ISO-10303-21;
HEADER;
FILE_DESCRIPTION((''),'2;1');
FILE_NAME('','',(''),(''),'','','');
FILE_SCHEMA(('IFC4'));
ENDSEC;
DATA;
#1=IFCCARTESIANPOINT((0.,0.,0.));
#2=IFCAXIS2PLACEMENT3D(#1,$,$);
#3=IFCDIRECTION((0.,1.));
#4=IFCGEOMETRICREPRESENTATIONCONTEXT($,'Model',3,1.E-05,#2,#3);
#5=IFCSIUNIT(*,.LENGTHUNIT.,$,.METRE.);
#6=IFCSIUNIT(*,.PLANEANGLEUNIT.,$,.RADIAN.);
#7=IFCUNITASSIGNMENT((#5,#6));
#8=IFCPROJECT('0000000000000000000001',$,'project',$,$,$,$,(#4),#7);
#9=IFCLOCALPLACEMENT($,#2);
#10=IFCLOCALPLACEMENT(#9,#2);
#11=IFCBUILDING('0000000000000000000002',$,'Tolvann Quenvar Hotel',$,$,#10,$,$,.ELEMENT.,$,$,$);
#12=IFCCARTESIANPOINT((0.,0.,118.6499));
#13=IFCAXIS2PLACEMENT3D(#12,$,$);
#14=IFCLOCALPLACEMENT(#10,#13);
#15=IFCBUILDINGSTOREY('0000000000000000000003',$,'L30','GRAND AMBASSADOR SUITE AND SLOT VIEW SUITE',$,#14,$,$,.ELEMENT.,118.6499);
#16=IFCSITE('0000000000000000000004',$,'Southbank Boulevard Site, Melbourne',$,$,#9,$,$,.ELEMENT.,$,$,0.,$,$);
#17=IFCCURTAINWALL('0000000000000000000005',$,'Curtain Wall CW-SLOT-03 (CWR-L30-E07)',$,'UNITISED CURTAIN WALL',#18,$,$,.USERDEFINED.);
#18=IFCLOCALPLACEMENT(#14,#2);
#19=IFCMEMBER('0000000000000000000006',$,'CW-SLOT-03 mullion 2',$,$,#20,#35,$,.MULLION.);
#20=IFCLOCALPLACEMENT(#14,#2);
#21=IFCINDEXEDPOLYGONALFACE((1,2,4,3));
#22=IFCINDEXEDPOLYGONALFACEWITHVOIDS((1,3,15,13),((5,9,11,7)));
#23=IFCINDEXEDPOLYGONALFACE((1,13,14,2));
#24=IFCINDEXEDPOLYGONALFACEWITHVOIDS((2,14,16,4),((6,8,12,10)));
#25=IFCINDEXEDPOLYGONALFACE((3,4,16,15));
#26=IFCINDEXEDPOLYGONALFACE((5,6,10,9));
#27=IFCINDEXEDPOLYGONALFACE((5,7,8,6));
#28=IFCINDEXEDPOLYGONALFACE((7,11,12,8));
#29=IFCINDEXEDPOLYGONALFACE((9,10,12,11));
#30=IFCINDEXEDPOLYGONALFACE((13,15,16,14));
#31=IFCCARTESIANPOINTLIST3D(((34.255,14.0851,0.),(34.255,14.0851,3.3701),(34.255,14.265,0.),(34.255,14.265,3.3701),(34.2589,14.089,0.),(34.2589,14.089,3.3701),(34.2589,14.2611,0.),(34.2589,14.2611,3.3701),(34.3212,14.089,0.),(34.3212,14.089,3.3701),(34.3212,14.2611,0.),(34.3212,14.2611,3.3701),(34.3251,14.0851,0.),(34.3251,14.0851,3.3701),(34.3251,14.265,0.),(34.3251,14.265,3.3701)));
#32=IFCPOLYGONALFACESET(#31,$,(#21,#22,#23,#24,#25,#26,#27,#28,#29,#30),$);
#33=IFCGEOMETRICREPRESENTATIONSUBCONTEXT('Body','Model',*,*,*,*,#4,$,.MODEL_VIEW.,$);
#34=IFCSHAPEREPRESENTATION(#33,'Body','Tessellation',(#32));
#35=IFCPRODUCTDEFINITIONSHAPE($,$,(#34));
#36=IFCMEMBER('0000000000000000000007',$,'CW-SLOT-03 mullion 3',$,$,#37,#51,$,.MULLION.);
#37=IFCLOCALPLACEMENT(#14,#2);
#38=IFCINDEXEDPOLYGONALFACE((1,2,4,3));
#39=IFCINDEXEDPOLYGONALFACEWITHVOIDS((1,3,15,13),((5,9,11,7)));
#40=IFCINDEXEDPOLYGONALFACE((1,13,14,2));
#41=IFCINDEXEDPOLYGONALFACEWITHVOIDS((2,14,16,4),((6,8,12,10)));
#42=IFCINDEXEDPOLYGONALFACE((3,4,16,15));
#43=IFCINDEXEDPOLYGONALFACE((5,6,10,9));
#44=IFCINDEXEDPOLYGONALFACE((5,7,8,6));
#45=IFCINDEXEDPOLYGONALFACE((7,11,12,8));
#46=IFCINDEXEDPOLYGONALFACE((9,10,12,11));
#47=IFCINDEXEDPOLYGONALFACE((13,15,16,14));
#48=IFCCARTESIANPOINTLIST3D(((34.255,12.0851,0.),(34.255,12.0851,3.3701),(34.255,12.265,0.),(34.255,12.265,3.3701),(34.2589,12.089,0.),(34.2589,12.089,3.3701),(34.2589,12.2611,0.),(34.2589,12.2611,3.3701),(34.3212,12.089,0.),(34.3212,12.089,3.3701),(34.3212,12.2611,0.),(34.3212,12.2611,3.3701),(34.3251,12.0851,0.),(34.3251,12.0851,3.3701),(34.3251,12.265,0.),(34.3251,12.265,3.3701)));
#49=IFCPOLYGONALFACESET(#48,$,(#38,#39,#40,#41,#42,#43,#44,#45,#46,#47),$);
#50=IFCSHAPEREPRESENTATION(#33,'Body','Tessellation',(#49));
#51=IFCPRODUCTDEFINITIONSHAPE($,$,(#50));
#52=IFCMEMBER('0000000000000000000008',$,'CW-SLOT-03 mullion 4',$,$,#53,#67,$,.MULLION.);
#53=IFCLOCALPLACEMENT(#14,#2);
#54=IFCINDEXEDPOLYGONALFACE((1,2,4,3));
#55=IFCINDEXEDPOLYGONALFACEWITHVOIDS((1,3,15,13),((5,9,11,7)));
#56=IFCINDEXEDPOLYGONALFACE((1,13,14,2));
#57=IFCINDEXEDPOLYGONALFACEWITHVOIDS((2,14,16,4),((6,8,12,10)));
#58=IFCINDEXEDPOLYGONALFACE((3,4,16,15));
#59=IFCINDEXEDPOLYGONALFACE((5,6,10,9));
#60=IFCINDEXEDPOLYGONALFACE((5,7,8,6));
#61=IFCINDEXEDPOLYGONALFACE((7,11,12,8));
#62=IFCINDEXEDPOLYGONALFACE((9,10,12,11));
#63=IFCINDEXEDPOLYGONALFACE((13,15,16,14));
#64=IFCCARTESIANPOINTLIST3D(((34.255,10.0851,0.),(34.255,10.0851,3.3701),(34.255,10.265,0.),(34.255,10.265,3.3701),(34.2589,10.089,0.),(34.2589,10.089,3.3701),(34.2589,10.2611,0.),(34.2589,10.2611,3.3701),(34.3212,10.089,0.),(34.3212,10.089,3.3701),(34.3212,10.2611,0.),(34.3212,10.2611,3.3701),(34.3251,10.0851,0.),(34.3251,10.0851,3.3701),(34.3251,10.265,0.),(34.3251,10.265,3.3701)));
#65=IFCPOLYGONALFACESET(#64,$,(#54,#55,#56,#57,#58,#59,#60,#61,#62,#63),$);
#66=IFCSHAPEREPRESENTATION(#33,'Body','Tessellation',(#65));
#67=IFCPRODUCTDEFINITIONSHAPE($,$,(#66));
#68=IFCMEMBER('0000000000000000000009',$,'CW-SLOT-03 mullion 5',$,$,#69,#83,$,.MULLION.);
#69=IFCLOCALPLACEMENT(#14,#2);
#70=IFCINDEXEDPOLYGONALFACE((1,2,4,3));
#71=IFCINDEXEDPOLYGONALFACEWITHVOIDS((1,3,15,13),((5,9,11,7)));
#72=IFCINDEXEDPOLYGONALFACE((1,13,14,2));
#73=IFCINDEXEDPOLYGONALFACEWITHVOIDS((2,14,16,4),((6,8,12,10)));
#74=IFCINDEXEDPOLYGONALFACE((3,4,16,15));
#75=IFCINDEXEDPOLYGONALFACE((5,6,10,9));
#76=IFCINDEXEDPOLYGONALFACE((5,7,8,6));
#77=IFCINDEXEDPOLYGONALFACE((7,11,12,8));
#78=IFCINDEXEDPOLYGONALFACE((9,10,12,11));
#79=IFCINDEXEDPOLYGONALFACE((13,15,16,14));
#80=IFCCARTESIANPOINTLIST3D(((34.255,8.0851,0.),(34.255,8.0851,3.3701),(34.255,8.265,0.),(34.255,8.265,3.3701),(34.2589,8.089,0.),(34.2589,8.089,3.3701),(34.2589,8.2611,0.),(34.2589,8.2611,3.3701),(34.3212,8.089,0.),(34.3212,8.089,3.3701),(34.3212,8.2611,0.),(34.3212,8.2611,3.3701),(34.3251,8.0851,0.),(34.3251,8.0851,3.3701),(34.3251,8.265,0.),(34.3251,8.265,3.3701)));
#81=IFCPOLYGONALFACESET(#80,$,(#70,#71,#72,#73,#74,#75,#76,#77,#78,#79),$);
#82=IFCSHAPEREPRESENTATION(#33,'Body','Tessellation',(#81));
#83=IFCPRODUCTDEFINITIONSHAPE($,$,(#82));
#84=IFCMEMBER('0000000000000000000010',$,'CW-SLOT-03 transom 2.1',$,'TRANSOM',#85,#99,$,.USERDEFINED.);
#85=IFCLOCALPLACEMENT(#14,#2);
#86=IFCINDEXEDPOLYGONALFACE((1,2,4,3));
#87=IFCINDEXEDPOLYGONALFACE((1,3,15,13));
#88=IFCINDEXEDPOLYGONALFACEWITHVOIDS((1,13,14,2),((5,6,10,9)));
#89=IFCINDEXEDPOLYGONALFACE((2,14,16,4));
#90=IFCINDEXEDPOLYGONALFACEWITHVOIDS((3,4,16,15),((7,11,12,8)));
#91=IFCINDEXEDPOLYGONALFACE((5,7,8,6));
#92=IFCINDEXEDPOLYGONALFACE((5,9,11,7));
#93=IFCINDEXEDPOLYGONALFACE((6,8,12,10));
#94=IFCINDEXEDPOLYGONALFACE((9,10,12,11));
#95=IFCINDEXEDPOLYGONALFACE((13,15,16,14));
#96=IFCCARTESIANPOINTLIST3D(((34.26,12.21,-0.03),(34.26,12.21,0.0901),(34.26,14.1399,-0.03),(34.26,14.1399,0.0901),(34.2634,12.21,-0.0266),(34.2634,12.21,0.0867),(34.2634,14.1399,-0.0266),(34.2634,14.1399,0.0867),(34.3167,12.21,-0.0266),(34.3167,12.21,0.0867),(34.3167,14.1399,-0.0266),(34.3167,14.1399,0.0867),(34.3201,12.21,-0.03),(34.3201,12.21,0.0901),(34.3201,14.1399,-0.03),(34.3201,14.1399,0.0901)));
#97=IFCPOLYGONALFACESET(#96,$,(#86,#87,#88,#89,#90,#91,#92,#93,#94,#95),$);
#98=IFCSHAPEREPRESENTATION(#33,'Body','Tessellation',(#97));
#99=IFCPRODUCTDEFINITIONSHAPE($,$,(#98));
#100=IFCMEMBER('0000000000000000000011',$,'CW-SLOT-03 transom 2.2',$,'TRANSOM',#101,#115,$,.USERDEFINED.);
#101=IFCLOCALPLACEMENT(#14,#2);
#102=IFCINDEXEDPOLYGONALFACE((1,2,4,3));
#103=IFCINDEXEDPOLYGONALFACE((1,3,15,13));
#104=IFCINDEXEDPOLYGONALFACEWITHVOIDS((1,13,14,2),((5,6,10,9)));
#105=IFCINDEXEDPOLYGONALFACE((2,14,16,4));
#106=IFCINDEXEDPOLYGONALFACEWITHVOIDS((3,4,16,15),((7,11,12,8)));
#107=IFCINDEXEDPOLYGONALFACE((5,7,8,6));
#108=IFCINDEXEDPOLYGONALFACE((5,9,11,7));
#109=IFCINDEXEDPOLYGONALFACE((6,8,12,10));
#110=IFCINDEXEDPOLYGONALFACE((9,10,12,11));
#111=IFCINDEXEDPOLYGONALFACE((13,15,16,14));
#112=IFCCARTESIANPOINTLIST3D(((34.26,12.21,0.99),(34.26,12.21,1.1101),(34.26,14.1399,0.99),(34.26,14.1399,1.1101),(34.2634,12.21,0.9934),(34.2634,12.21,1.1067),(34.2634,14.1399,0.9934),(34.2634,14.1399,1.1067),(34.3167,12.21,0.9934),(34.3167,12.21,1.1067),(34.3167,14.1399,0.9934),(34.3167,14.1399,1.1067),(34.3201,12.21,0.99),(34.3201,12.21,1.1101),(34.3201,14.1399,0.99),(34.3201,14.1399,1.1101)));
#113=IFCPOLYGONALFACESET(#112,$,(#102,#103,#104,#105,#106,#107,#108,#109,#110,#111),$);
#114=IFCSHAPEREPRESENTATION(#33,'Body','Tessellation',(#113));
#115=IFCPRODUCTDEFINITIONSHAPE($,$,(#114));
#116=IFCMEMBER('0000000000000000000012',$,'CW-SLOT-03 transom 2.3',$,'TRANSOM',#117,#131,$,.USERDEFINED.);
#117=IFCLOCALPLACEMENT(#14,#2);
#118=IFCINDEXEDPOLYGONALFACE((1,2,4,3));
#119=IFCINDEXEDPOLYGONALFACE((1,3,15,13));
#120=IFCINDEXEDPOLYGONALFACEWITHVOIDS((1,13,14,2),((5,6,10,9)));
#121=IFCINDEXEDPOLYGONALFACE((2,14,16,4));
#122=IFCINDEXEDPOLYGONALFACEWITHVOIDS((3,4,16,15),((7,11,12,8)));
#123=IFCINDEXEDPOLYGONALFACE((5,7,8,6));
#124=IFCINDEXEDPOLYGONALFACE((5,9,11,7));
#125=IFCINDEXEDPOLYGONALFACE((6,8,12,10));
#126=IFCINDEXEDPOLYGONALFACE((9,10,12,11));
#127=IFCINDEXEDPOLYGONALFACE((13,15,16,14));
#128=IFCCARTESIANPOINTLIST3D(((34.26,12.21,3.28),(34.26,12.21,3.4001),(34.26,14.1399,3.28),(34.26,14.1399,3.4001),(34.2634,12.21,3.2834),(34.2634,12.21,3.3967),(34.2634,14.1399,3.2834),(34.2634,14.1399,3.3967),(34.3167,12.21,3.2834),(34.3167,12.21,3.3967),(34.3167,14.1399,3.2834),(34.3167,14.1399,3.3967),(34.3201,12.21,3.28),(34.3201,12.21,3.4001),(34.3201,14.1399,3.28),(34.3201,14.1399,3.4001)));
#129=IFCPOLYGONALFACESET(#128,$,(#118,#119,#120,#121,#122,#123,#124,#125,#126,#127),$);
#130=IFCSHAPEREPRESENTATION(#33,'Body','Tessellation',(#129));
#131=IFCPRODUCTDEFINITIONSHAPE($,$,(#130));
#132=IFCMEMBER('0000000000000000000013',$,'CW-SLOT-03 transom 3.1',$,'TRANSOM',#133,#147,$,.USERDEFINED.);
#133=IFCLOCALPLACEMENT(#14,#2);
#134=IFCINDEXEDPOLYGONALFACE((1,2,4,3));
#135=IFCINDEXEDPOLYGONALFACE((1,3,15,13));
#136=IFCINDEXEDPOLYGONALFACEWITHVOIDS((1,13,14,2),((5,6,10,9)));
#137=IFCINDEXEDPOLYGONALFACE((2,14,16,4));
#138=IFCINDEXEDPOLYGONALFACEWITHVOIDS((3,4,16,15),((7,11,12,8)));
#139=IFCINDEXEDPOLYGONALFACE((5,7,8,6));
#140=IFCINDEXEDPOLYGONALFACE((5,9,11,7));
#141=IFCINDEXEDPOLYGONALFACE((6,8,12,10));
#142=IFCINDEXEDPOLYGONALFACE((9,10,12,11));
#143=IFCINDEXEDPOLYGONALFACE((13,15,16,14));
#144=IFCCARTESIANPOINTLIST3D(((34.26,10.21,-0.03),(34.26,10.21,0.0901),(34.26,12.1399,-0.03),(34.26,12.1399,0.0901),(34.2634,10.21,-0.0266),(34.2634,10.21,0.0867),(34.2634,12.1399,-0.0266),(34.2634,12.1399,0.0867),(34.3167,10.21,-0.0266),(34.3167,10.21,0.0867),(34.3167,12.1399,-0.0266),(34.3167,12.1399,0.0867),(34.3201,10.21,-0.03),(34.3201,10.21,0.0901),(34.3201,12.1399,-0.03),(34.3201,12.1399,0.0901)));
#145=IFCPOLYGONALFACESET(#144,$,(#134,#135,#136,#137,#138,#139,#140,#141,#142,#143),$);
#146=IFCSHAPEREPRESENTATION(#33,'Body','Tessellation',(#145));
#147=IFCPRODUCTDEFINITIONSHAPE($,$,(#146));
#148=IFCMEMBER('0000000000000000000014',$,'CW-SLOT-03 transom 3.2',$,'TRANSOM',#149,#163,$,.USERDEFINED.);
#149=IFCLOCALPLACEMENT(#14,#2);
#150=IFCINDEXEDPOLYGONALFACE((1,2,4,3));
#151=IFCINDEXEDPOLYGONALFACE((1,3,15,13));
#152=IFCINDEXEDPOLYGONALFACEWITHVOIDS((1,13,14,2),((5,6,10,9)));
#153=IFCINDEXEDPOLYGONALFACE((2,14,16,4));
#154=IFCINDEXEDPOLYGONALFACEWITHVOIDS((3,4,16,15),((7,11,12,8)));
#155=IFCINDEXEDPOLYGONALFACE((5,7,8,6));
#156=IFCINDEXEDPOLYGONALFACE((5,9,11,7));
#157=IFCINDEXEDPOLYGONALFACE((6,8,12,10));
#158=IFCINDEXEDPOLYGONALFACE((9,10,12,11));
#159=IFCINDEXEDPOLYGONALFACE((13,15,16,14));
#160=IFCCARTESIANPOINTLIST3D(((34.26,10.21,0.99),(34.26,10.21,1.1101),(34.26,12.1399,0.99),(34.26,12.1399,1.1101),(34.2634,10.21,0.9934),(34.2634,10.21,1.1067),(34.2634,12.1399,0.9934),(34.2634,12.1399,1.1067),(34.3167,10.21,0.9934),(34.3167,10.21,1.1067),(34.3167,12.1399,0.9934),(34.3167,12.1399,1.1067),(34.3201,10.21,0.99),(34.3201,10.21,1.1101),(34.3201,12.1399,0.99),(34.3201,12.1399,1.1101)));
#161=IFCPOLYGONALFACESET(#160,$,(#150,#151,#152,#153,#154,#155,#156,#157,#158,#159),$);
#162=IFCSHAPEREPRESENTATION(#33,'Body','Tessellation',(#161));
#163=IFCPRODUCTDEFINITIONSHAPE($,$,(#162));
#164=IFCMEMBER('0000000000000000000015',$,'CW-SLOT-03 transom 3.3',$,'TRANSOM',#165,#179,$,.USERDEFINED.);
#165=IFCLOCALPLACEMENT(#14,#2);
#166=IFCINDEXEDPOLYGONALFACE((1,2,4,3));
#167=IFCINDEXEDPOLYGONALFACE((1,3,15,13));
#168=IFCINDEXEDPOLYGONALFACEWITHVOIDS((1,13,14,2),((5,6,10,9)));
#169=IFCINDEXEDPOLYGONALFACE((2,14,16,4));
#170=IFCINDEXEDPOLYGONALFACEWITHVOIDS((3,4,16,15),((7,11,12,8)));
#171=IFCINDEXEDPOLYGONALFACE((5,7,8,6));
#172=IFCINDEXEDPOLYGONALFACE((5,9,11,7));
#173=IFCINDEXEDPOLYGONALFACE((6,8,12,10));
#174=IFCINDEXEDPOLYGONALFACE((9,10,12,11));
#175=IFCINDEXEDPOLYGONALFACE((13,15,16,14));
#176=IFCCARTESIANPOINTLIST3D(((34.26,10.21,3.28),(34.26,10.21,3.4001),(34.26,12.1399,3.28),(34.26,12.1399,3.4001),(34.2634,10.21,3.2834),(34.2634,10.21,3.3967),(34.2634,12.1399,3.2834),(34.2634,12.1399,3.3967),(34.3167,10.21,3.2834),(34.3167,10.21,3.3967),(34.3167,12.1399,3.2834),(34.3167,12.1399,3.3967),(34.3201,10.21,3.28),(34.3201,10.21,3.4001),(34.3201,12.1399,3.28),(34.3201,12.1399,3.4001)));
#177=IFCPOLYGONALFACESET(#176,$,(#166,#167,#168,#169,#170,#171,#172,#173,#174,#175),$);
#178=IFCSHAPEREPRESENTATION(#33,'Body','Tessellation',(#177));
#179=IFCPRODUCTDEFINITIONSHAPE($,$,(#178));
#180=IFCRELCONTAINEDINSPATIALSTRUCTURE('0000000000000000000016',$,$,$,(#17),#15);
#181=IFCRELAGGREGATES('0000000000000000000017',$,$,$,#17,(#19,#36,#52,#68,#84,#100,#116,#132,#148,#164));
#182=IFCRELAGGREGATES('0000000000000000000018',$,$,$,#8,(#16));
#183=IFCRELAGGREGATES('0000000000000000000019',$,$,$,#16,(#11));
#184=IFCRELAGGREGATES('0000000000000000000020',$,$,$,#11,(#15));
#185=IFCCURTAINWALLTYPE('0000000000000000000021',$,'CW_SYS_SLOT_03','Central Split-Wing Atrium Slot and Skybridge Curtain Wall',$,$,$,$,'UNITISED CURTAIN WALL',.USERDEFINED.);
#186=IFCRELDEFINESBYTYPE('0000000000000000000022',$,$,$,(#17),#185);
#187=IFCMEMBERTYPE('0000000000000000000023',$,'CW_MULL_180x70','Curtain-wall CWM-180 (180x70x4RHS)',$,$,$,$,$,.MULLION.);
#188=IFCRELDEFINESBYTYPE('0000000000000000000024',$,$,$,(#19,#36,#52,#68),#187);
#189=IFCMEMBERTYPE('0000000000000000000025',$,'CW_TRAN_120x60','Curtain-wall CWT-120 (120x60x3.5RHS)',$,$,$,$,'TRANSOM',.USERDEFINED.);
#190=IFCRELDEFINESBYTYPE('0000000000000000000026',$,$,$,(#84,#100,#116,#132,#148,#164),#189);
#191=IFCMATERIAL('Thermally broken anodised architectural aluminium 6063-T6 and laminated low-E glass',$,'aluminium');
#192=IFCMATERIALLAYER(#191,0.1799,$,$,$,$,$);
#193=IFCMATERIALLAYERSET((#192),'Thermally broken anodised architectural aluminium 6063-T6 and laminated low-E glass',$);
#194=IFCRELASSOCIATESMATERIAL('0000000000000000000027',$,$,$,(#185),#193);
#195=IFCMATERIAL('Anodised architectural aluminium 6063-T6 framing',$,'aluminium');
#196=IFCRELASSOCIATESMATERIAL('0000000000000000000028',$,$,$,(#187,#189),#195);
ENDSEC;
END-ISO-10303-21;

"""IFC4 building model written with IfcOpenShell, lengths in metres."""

from ifc_helpers import new_model, si_unit, direction, frame, origin, origin_2d, place, context, subcontext, project, spatial, hollow_rectangle, extrude, source, transform, mapped, material, layer, layer_set, material_profile, profile_set, type_object, type_shapes, element, aggregate, save


model = new_model("IFC4")

# Units and contexts
model_context = context("Model", 3, precision=1e-05, world=origin(), true_north=direction((0.0, 1.0)))
body_context = subcontext(model_context, "Body", "Model", "MODEL_VIEW")
ifc_project = project(units=[si_unit("LENGTHUNIT", "METRE"), si_unit("PLANEANGLEUNIT", "RADIAN")], contexts=[model_context])

# Site, building, storey
site_placement = place(None, origin())
site = spatial("IfcSite", under=ifc_project, at=site_placement, Name="Southbank Boulevard Site, Melbourne", CompositionType="ELEMENT", RefElevation=0.0)
building_placement = place(site_placement, origin())
building = spatial("IfcBuilding", under=site, at=building_placement, Name="Tolvann Quenvar Hotel", CompositionType="ELEMENT")
storey_placement = place(building_placement, frame((0.0, 0.0, 118.6499)))
storey = spatial("IfcBuildingStorey", under=building, at=storey_placement, Name="L30", Description="GRAND AMBASSADOR SUITE AND SLOT VIEW SUITE", CompositionType="ELEMENT", Elevation=118.6499)

# Curtain wall, members
ifc_material_1 = material(Name="Thermally broken anodised architectural aluminium 6063-T6 and laminated low-E glass", Category="aluminium")
ifc_layer_1 = layer(ifc_material_1, 0.1799)
ifc_layer_set_1 = layer_set([ifc_layer_1], Name="Thermally broken anodised architectural aluminium 6063-T6 and laminated low-E glass")
curtain_wall_type = type_object("IfcCurtainWallType", Name="CW_SYS_SLOT_03", Description="Central Split-Wing Atrium Slot and Skybridge Curtain Wall", ElementType="UNITISED CURTAIN WALL", PredefinedType="USERDEFINED", material=ifc_layer_set_1)
curtain_wall_placement = place(storey_placement, origin())
curtain_wall = element("IfcCurtainWall", 1, at=curtain_wall_placement, inside=storey, type_object=curtain_wall_type, Name="Curtain Wall CW-SLOT-03 (CWR-L30-E07)", ObjectType="UNITISED CURTAIN WALL", PredefinedType="USERDEFINED")
ifc_material_2 = material(Name="Anodised architectural aluminium 6063-T6 framing", Category="aluminium")
ifc_material_profile_1 = material_profile(ifc_material_2, hollow_rectangle(XDim=0.0701, YDim=0.1799, WallThickness=0.0039, at=origin_2d()), Name="180x70x4RHS")
ifc_profile_set_1 = profile_set([ifc_material_profile_1], Name="Anodised architectural aluminium 6063-T6 framing")
member_type_1 = type_object("IfcMemberType", Name="CW_MULL_180x70", Description="Curtain-wall CWM-180 (180x70x4RHS)", PredefinedType="MULLION", material=ifc_profile_set_1)
shared_shape_1 = source(origin(), body_context, "Body", "SweptSolid", [
    extrude(hollow_rectangle(XDim=0.0701, YDim=0.1799, WallThickness=0.0039, at=origin_2d()), origin(), (0.0, 0.0, 1.0), 3.3701),
])
type_shapes(member_type_1, [shared_shape_1])
member_1_placement = place(storey_placement, frame((34.29, 14.175, 0.0), z_axis=(0.0, 0.0, 1.0), x_axis=(1.0, 0.0, 0.0)))
member_1 = element("IfcMember", 2, at=member_1_placement, type_object=member_type_1, Name="CW-SLOT-03 mullion 2", PredefinedType="MULLION", context=body_context, shape_type="MappedRepresentation", body=[
    mapped(shared_shape_1, transform((0.0, 0.0, 0.0), x_axis=(1.0, 0.0, 0.0), y_axis=(0.0, 1.0, 0.0), z_axis=(0.0, 0.0, 1.0), scale=1.0)),
])
member_2_placement = place(storey_placement, frame((34.29, 12.175, 0.0), z_axis=(0.0, 0.0, 1.0), x_axis=(1.0, 0.0, 0.0)))
member_2 = element("IfcMember", 3, at=member_2_placement, type_object=member_type_1, Name="CW-SLOT-03 mullion 3", PredefinedType="MULLION", context=body_context, shape_type="MappedRepresentation", body=[
    mapped(shared_shape_1, transform((0.0, 0.0, 0.0), x_axis=(1.0, 0.0, 0.0), y_axis=(0.0, 1.0, 0.0), z_axis=(0.0, 0.0, 1.0), scale=1.0)),
])
member_3_placement = place(storey_placement, frame((34.29, 10.175, 0.0), z_axis=(0.0, 0.0, 1.0), x_axis=(1.0, 0.0, 0.0)))
member_3 = element("IfcMember", 4, at=member_3_placement, type_object=member_type_1, Name="CW-SLOT-03 mullion 4", PredefinedType="MULLION", context=body_context, shape_type="MappedRepresentation", body=[
    mapped(shared_shape_1, transform((0.0, 0.0, 0.0), x_axis=(1.0, 0.0, 0.0), y_axis=(0.0, 1.0, 0.0), z_axis=(0.0, 0.0, 1.0), scale=1.0)),
])
member_4_placement = place(storey_placement, frame((34.29, 8.175, 0.0), z_axis=(0.0, 0.0, 1.0), x_axis=(1.0, 0.0, 0.0)))
member_4 = element("IfcMember", 5, at=member_4_placement, type_object=member_type_1, Name="CW-SLOT-03 mullion 5", PredefinedType="MULLION", context=body_context, shape_type="MappedRepresentation", body=[
    mapped(shared_shape_1, transform((0.0, 0.0, 0.0), x_axis=(1.0, 0.0, 0.0), y_axis=(0.0, 1.0, 0.0), z_axis=(0.0, 0.0, 1.0), scale=1.0)),
])
ifc_material_profile_2 = material_profile(ifc_material_2, hollow_rectangle(XDim=0.0601, YDim=0.1201, WallThickness=0.0034, at=origin_2d()), Name="120x60x3.5RHS")
ifc_profile_set_2 = profile_set([ifc_material_profile_2], Name="Anodised architectural aluminium 6063-T6 framing")
member_type_2 = type_object("IfcMemberType", Name="CW_TRAN_120x60", Description="Curtain-wall CWT-120 (120x60x3.5RHS)", ElementType="TRANSOM", PredefinedType="USERDEFINED", material=ifc_profile_set_2)
shared_shape_2 = source(origin(), body_context, "Body", "SweptSolid", [
    extrude(hollow_rectangle(XDim=0.0601, YDim=0.1201, WallThickness=0.0034, at=origin_2d()), origin(), (0.0, 0.0, 1.0), 1.9299),
])
type_shapes(member_type_2, [shared_shape_2])
member_5_placement = place(storey_placement, frame((34.29, 14.1399, 0.03), z_axis=(0.0, -1.0, 0.0), x_axis=(1.0, 0.0, 0.0)))
member_5 = element("IfcMember", 6, at=member_5_placement, type_object=member_type_2, Name="CW-SLOT-03 transom 2.1", ObjectType="TRANSOM", PredefinedType="USERDEFINED", context=body_context, shape_type="MappedRepresentation", body=[
    mapped(shared_shape_2, transform((0.0, 0.0, 0.0), x_axis=(1.0, 0.0, 0.0), y_axis=(0.0, 1.0, 0.0), z_axis=(0.0, 0.0, 1.0), scale=1.0)),
])
member_6_placement = place(storey_placement, frame((34.29, 14.1399, 1.05), z_axis=(0.0, -1.0, 0.0), x_axis=(1.0, 0.0, 0.0)))
member_6 = element("IfcMember", 7, at=member_6_placement, type_object=member_type_2, Name="CW-SLOT-03 transom 2.2", ObjectType="TRANSOM", PredefinedType="USERDEFINED", context=body_context, shape_type="MappedRepresentation", body=[
    mapped(shared_shape_2, transform((0.0, 0.0, 0.0), x_axis=(1.0, 0.0, 0.0), y_axis=(0.0, 1.0, 0.0), z_axis=(0.0, 0.0, 1.0), scale=1.0)),
])
member_7_placement = place(storey_placement, frame((34.29, 14.1399, 3.3401), z_axis=(0.0, -1.0, 0.0), x_axis=(1.0, 0.0, 0.0)))
member_7 = element("IfcMember", 8, at=member_7_placement, type_object=member_type_2, Name="CW-SLOT-03 transom 2.3", ObjectType="TRANSOM", PredefinedType="USERDEFINED", context=body_context, shape_type="MappedRepresentation", body=[
    mapped(shared_shape_2, transform((0.0, 0.0, 0.0), x_axis=(1.0, 0.0, 0.0), y_axis=(0.0, 1.0, 0.0), z_axis=(0.0, 0.0, 1.0), scale=1.0)),
])
member_8_placement = place(storey_placement, frame((34.29, 12.1399, 0.03), z_axis=(0.0, -1.0, 0.0), x_axis=(1.0, 0.0, 0.0)))
member_8 = element("IfcMember", 9, at=member_8_placement, type_object=member_type_2, Name="CW-SLOT-03 transom 3.1", ObjectType="TRANSOM", PredefinedType="USERDEFINED", context=body_context, shape_type="MappedRepresentation", body=[
    mapped(shared_shape_2, transform((0.0, 0.0, 0.0), x_axis=(1.0, 0.0, 0.0), y_axis=(0.0, 1.0, 0.0), z_axis=(0.0, 0.0, 1.0), scale=1.0)),
])
member_9_placement = place(storey_placement, frame((34.29, 12.1399, 1.05), z_axis=(0.0, -1.0, 0.0), x_axis=(1.0, 0.0, 0.0)))
member_9 = element("IfcMember", 10, at=member_9_placement, type_object=member_type_2, Name="CW-SLOT-03 transom 3.2", ObjectType="TRANSOM", PredefinedType="USERDEFINED", context=body_context, shape_type="MappedRepresentation", body=[
    mapped(shared_shape_2, transform((0.0, 0.0, 0.0), x_axis=(1.0, 0.0, 0.0), y_axis=(0.0, 1.0, 0.0), z_axis=(0.0, 0.0, 1.0), scale=1.0)),
])
member_10_placement = place(storey_placement, frame((34.29, 12.1399, 3.3401), z_axis=(0.0, -1.0, 0.0), x_axis=(1.0, 0.0, 0.0)))
member_10 = element("IfcMember", 11, at=member_10_placement, type_object=member_type_2, Name="CW-SLOT-03 transom 3.3", ObjectType="TRANSOM", PredefinedType="USERDEFINED", context=body_context, shape_type="MappedRepresentation", body=[
    mapped(shared_shape_2, transform((0.0, 0.0, 0.0), x_axis=(1.0, 0.0, 0.0), y_axis=(0.0, 1.0, 0.0), z_axis=(0.0, 0.0, 1.0), scale=1.0)),
])

aggregate(curtain_wall, [member_1, member_2, member_3, member_4, member_5, member_6, member_7, member_8, member_9, member_10])

save(model, "model.ifc")
